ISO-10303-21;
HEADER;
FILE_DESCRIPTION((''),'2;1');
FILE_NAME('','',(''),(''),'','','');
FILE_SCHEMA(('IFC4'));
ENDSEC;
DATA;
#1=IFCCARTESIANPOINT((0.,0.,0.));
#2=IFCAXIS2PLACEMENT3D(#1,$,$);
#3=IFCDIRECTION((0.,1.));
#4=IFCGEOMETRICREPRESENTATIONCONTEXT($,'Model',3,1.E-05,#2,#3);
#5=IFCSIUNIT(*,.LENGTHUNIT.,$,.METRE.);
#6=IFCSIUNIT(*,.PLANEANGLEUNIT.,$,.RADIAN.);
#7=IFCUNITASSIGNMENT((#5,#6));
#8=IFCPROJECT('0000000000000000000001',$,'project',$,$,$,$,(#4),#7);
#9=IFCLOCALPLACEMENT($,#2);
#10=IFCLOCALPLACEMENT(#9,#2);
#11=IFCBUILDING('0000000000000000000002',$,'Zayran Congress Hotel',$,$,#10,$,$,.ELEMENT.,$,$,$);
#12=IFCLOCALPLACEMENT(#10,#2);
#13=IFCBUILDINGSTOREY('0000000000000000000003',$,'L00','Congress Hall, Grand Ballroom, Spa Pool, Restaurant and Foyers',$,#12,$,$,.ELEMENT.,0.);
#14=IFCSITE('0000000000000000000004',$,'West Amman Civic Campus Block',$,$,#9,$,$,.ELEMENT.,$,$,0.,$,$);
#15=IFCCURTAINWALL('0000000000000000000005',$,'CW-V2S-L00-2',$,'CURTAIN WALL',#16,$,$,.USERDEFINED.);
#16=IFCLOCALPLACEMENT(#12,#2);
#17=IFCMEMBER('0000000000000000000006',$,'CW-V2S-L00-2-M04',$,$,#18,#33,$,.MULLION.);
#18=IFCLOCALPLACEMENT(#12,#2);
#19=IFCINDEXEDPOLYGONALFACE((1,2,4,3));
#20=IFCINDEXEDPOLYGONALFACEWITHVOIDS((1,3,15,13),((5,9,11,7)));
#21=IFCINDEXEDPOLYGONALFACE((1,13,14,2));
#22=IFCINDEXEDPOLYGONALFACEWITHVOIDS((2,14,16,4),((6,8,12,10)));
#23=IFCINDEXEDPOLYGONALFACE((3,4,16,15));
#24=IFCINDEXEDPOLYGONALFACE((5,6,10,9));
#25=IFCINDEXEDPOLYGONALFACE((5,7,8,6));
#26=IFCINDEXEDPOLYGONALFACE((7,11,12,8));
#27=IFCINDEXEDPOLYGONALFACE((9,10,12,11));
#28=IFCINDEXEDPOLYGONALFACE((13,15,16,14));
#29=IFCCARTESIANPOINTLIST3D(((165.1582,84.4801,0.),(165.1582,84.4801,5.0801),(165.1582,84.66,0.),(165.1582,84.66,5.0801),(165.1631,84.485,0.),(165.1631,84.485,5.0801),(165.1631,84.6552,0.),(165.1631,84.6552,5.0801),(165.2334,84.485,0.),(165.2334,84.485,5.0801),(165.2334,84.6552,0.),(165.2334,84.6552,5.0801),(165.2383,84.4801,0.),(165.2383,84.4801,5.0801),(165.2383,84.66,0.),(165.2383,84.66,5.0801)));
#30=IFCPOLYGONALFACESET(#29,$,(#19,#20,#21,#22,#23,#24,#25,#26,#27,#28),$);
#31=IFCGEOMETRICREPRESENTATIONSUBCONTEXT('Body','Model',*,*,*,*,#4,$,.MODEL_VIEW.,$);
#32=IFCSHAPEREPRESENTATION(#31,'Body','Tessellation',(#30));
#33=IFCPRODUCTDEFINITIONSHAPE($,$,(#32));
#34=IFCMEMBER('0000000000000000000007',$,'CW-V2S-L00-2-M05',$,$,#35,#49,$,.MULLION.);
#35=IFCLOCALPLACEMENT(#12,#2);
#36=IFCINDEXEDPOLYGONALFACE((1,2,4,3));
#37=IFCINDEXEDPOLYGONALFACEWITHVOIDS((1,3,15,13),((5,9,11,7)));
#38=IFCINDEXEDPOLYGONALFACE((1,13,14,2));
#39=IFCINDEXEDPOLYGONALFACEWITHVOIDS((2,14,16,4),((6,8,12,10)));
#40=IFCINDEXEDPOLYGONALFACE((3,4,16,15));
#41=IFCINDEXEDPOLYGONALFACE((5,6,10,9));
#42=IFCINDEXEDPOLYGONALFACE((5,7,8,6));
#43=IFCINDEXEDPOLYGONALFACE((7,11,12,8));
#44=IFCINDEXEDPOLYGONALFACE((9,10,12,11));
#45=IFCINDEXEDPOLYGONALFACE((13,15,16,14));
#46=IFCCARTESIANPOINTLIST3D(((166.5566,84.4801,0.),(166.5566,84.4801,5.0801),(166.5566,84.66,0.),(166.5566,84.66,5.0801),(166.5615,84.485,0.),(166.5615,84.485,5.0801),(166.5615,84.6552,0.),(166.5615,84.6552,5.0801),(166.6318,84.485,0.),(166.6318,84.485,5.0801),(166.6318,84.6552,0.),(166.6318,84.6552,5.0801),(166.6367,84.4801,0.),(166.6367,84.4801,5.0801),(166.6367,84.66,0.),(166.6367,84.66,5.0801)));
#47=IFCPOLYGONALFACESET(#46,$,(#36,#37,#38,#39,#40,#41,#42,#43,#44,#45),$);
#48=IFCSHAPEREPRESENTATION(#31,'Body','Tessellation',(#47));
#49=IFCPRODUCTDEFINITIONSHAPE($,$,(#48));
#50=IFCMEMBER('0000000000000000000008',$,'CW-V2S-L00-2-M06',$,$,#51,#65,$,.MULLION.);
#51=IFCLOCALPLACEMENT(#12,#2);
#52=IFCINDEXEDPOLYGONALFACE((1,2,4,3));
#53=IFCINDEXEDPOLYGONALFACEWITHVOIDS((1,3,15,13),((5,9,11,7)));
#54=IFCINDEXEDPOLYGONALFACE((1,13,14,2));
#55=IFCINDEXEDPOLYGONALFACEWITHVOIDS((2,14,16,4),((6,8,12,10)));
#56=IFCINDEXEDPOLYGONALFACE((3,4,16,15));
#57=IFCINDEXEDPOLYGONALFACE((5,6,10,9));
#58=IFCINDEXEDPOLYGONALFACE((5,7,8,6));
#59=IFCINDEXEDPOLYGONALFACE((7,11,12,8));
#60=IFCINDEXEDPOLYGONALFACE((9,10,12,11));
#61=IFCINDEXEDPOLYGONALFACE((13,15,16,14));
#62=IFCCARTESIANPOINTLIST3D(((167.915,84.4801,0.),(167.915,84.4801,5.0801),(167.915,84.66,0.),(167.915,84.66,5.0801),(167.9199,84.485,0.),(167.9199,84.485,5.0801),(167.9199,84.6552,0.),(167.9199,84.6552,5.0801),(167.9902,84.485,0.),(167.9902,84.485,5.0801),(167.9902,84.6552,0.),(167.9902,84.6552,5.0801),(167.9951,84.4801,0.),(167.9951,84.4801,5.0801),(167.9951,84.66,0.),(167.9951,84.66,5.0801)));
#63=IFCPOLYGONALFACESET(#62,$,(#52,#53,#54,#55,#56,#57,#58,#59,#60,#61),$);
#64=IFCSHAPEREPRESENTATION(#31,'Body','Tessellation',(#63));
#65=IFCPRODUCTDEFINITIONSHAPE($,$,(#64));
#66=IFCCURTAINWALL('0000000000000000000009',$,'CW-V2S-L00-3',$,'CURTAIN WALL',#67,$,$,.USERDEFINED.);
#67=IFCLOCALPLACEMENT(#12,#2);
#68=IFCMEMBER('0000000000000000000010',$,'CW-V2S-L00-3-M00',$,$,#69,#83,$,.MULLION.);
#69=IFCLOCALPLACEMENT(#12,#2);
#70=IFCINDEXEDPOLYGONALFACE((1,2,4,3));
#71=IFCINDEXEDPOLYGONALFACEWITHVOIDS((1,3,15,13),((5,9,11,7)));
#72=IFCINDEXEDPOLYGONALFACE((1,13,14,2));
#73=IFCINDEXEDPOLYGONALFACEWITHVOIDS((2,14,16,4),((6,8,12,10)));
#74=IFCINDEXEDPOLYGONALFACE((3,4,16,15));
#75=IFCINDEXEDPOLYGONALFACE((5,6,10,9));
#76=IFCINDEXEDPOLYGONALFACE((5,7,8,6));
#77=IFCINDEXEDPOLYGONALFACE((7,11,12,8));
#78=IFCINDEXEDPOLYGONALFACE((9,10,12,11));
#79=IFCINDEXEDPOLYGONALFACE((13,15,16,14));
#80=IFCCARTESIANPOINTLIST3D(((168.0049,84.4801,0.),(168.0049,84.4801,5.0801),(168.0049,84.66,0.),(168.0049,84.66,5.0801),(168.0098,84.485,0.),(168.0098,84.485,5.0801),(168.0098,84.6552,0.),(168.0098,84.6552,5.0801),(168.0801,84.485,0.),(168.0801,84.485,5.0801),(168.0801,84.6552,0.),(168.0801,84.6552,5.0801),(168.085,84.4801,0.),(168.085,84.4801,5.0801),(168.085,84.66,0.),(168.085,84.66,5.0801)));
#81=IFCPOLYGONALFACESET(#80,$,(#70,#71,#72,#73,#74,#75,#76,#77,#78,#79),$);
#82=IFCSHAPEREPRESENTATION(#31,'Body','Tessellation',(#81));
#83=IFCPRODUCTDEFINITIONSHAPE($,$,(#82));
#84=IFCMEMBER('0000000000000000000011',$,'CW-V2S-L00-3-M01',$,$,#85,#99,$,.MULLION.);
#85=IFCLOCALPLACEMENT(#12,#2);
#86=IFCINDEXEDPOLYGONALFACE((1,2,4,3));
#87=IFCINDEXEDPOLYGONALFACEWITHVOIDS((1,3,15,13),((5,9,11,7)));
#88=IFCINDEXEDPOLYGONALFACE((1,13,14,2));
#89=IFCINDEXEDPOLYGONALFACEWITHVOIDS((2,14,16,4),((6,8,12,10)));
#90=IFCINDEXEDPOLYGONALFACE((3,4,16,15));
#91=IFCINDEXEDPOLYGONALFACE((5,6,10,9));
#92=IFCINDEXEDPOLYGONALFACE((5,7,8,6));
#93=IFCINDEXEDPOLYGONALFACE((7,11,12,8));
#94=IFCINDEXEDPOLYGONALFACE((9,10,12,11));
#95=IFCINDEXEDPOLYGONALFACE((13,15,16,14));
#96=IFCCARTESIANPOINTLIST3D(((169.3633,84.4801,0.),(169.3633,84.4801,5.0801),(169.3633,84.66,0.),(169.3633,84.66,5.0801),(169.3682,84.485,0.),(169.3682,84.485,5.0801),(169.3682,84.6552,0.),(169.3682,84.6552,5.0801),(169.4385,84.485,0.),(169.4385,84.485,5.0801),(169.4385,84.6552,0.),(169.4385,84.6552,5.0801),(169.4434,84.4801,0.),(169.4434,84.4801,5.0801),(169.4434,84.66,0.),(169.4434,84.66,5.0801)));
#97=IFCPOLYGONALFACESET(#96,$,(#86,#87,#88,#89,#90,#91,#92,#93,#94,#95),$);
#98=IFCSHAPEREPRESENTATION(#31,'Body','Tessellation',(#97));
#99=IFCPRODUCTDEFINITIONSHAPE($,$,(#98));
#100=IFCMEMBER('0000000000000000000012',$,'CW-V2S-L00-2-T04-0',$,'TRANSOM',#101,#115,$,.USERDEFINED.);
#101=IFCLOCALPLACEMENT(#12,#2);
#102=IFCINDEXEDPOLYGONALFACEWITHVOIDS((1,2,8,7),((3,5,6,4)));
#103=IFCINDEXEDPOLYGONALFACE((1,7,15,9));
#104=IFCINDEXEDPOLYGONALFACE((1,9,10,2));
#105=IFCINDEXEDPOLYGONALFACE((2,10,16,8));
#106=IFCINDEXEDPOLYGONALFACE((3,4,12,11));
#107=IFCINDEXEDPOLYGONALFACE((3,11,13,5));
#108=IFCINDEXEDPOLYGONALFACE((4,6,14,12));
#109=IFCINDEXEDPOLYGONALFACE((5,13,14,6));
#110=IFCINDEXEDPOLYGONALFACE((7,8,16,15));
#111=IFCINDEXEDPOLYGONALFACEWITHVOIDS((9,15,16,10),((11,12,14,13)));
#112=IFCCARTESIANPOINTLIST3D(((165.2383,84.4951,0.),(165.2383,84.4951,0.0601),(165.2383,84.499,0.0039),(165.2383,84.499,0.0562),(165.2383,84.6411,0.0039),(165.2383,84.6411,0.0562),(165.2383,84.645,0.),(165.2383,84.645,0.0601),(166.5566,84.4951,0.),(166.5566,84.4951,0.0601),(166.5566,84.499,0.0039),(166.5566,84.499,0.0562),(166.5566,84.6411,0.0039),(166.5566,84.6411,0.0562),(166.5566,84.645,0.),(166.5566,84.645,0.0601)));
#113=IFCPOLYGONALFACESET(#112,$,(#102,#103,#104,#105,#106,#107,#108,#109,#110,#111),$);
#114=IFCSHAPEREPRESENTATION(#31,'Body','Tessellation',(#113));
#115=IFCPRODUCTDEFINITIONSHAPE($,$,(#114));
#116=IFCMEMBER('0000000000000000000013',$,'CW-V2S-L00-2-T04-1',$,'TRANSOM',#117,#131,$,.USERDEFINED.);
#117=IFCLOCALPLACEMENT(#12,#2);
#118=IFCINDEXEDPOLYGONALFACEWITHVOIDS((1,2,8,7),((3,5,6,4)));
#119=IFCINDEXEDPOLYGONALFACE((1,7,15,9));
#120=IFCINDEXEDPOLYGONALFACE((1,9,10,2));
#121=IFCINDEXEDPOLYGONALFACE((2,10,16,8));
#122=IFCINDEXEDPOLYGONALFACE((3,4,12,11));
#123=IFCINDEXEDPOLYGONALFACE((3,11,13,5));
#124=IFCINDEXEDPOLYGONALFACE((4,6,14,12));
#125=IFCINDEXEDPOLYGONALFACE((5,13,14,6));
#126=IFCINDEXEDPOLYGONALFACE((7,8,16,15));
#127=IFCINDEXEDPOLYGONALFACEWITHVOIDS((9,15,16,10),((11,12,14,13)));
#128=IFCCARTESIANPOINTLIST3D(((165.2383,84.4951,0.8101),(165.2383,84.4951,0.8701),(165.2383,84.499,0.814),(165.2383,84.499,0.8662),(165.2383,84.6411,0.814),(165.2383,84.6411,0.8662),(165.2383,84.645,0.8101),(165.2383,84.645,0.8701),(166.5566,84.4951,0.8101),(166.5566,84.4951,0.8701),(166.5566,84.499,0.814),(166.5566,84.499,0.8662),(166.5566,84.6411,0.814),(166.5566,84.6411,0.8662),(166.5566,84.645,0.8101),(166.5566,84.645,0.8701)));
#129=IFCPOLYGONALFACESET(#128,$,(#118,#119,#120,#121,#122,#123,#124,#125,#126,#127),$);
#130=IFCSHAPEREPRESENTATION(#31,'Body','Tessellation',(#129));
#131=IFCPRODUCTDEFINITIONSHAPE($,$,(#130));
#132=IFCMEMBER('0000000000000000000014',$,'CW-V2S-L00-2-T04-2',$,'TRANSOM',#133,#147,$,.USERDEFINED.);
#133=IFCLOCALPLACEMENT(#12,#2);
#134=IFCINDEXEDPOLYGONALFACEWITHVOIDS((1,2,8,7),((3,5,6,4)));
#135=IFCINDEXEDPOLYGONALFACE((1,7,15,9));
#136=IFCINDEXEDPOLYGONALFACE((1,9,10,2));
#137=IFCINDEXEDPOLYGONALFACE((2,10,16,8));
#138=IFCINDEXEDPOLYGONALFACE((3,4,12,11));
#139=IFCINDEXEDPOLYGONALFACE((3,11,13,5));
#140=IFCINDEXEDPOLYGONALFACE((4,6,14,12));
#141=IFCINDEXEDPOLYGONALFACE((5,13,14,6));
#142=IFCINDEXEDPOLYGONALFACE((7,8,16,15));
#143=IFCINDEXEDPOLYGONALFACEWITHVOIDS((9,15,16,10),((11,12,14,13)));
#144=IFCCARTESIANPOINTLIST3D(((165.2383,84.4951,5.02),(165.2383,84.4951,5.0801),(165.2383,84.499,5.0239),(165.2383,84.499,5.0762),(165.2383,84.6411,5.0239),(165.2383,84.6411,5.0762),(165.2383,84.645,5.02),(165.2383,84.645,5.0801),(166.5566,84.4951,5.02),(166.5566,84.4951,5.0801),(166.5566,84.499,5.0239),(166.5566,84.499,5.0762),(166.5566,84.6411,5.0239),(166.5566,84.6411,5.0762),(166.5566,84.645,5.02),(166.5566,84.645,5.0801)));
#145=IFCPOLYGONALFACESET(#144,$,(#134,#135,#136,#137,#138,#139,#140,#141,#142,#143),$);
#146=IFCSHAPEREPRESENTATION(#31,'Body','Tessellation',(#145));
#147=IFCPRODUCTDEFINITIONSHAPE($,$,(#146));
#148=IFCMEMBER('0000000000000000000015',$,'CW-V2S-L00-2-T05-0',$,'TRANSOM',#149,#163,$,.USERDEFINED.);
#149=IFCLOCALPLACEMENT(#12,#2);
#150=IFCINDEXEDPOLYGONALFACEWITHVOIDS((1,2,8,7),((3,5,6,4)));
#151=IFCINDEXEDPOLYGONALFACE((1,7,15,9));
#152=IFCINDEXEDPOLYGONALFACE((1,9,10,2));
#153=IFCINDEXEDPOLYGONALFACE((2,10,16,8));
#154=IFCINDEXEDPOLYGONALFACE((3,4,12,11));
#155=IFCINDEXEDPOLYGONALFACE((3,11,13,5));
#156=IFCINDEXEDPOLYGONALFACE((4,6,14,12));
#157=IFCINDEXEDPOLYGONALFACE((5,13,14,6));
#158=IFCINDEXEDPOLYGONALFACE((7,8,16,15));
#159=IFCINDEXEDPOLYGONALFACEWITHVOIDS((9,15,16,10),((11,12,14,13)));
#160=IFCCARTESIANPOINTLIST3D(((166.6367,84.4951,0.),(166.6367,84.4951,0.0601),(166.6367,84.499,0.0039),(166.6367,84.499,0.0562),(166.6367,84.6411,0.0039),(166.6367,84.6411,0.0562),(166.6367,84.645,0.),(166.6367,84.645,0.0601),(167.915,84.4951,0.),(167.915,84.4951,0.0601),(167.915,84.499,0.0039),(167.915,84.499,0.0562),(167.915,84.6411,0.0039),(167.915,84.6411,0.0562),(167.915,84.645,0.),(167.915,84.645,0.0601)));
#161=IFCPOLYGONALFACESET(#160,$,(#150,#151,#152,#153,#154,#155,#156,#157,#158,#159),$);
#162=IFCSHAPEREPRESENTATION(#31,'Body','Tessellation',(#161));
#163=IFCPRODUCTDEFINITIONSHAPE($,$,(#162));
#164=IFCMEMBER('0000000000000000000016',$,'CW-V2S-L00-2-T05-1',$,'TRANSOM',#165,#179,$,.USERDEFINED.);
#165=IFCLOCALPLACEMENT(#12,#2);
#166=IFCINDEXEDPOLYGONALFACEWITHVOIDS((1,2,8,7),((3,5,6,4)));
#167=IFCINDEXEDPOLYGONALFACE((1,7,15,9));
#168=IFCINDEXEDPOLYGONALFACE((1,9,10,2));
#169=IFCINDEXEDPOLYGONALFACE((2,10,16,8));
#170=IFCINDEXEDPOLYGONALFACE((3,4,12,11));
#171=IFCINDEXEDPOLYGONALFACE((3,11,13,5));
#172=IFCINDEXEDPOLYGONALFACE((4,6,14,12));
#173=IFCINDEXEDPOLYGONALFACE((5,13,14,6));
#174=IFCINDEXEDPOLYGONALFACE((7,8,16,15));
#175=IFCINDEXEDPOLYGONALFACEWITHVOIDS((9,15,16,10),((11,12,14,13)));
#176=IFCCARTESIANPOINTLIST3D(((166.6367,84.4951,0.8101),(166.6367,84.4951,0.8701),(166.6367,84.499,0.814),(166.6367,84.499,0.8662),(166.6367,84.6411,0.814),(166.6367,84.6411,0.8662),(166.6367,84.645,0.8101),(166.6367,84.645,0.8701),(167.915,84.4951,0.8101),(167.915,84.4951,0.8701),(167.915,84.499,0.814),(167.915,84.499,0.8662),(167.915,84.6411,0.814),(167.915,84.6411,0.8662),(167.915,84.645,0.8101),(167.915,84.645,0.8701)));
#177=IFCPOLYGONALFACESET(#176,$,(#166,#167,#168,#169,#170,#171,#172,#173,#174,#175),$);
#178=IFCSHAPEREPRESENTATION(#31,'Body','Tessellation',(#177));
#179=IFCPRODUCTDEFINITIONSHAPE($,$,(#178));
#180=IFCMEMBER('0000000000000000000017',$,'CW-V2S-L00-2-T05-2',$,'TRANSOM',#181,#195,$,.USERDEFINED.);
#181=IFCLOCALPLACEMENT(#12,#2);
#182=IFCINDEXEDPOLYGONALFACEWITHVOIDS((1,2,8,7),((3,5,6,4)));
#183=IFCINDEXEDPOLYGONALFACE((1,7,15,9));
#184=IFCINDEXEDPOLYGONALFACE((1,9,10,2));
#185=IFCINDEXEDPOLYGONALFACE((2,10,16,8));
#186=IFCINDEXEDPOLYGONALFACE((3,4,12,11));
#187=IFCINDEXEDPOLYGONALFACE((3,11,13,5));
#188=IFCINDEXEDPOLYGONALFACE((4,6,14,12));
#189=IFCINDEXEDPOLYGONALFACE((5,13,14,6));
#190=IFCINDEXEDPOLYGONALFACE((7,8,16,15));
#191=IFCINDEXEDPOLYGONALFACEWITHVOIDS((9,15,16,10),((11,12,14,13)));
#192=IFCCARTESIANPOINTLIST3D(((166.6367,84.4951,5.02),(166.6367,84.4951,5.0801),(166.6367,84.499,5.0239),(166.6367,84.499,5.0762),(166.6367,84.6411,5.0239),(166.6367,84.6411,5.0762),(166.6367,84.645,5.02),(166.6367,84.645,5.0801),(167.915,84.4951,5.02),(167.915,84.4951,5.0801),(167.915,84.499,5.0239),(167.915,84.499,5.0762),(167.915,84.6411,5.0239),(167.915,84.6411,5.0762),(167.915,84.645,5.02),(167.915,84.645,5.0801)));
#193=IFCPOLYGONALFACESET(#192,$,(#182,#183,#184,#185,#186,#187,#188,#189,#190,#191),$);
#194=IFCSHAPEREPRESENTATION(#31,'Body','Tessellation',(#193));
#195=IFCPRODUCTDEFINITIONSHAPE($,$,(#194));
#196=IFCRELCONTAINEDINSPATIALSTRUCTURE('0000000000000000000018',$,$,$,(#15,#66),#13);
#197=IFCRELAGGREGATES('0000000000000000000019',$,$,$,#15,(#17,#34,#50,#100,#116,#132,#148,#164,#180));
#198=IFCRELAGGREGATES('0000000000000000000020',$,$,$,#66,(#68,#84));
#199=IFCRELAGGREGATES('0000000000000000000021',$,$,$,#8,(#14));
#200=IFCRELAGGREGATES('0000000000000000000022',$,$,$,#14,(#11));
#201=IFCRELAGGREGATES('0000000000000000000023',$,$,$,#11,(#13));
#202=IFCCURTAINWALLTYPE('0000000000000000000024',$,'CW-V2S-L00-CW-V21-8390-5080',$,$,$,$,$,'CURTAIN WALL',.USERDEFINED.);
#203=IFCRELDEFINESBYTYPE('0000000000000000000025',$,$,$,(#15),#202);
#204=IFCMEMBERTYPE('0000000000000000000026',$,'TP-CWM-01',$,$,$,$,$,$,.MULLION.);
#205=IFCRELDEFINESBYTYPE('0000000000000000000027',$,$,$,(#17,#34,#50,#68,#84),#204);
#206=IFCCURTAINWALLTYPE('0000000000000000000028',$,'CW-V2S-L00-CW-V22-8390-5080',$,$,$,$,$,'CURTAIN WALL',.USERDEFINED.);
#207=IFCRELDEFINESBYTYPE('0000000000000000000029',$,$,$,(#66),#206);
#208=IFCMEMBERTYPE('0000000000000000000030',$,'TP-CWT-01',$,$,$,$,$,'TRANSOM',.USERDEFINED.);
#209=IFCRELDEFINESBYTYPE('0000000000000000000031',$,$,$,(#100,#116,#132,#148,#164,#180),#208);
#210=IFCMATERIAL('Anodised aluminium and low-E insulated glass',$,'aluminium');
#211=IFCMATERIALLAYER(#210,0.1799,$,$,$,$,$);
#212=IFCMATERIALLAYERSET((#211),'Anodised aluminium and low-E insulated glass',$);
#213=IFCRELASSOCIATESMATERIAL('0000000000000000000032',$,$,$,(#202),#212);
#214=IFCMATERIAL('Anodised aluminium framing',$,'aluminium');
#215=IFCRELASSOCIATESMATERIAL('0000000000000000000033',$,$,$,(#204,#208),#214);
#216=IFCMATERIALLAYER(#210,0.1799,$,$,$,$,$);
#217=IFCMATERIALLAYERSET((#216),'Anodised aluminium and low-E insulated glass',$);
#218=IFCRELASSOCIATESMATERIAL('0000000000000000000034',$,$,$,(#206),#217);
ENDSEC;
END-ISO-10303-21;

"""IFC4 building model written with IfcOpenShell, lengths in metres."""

from ifc_helpers import new_model, si_unit, direction, frame, origin, origin_2d, place, context, subcontext, project, spatial, hollow_rectangle, extrude, material, layer, layer_set, material_profile, profile_set, type_object, element, aggregate, save


model = new_model("IFC4")

# Units and contexts
model_context = context("Model", 3, precision=1e-05, world=origin(), true_north=direction((0.0, 1.0)))
body_context = subcontext(model_context, "Body", "Model", "MODEL_VIEW")
ifc_project = project(units=[si_unit("LENGTHUNIT", "METRE"), si_unit("PLANEANGLEUNIT", "RADIAN")], contexts=[model_context])

# Site, building, storey
site_placement = place(None, origin())
site = spatial("IfcSite", under=ifc_project, at=site_placement, Name="West Amman Civic Campus Block", CompositionType="ELEMENT", RefElevation=0.0)
building_placement = place(site_placement, origin())
building = spatial("IfcBuilding", under=site, at=building_placement, Name="Zayran Congress Hotel", CompositionType="ELEMENT")
storey_placement = place(building_placement, origin())
storey = spatial("IfcBuildingStorey", under=building, at=storey_placement, Name="L00", Description="Congress Hall, Grand Ballroom, Spa Pool, Restaurant and Foyers", CompositionType="ELEMENT", Elevation=0.0)

# Curtain walls, members
ifc_material_1 = material(Name="Anodised aluminium and low-E insulated glass", Category="aluminium")
ifc_layer_1 = layer(ifc_material_1, 0.1799)
ifc_layer_set_1 = layer_set([ifc_layer_1], Name="Anodised aluminium and low-E insulated glass")
curtain_wall_type_1 = type_object("IfcCurtainWallType", Name="CW-V2S-L00-CW-V21-8390-5080", ElementType="CURTAIN WALL", PredefinedType="USERDEFINED", material=ifc_layer_set_1)
curtain_wall_1_placement = place(storey_placement, origin())
curtain_wall_1 = element("IfcCurtainWall", 1, at=curtain_wall_1_placement, inside=storey, type_object=curtain_wall_type_1, Name="CW-V2S-L00-2", ObjectType="CURTAIN WALL", PredefinedType="USERDEFINED")
ifc_material_2 = material(Name="Anodised aluminium framing", Category="aluminium")
ifc_material_profile_1 = material_profile(ifc_material_2, hollow_rectangle(XDim=0.0801, YDim=0.1799, WallThickness=0.0049, at=origin_2d()), Name="RHS 180x80x5")
ifc_profile_set_1 = profile_set([ifc_material_profile_1], Name="Anodised aluminium framing")
member_type_1 = type_object("IfcMemberType", Name="TP-CWM-01", PredefinedType="MULLION", material=ifc_profile_set_1)
member_1_placement = place(storey_placement, frame((165.1982, 84.5701, 0.0), z_axis=(0.0, 0.0, 1.0), x_axis=(1.0, 0.0, 0.0)))
member_1 = element("IfcMember", 2, at=member_1_placement, type_object=member_type_1, Name="CW-V2S-L00-2-M04", PredefinedType="MULLION", context=body_context, shape_type="SweptSolid", body=[
    extrude(hollow_rectangle(XDim=0.0801, YDim=0.1799, WallThickness=0.0049, at=origin_2d()), origin(), (0.0, 0.0, 1.0), 5.0801),
])
member_2_placement = place(storey_placement, frame((166.5967, 84.5701, 0.0), z_axis=(0.0, 0.0, 1.0), x_axis=(1.0, 0.0, 0.0)))
member_2 = element("IfcMember", 3, at=member_2_placement, type_object=member_type_1, Name="CW-V2S-L00-2-M05", PredefinedType="MULLION", context=body_context, shape_type="SweptSolid", body=[
    extrude(hollow_rectangle(XDim=0.0801, YDim=0.1799, WallThickness=0.0049, at=origin_2d()), origin(), (0.0, 0.0, 1.0), 5.0801),
])
member_3_placement = place(storey_placement, frame((167.9551, 84.5701, 0.0), z_axis=(0.0, 0.0, 1.0), x_axis=(1.0, 0.0, 0.0)))
member_3 = element("IfcMember", 4, at=member_3_placement, type_object=member_type_1, Name="CW-V2S-L00-2-M06", PredefinedType="MULLION", context=body_context, shape_type="SweptSolid", body=[
    extrude(hollow_rectangle(XDim=0.0801, YDim=0.1799, WallThickness=0.0049, at=origin_2d()), origin(), (0.0, 0.0, 1.0), 5.0801),
])
ifc_layer_2 = layer(ifc_material_1, 0.1799)
ifc_layer_set_2 = layer_set([ifc_layer_2], Name="Anodised aluminium and low-E insulated glass")
curtain_wall_type_2 = type_object("IfcCurtainWallType", Name="CW-V2S-L00-CW-V22-8390-5080", ElementType="CURTAIN WALL", PredefinedType="USERDEFINED", material=ifc_layer_set_2)
curtain_wall_2_placement = place(storey_placement, origin())
curtain_wall_2 = element("IfcCurtainWall", 5, at=curtain_wall_2_placement, inside=storey, type_object=curtain_wall_type_2, Name="CW-V2S-L00-3", ObjectType="CURTAIN WALL", PredefinedType="USERDEFINED")
member_4_placement = place(storey_placement, frame((168.0449, 84.5701, 0.0), z_axis=(0.0, 0.0, 1.0), x_axis=(1.0, 0.0, 0.0)))
member_4 = element("IfcMember", 6, at=member_4_placement, type_object=member_type_1, Name="CW-V2S-L00-3-M00", PredefinedType="MULLION", context=body_context, shape_type="SweptSolid", body=[
    extrude(hollow_rectangle(XDim=0.0801, YDim=0.1799, WallThickness=0.0049, at=origin_2d()), origin(), (0.0, 0.0, 1.0), 5.0801),
])
member_5_placement = place(storey_placement, frame((169.4033, 84.5701, 0.0), z_axis=(0.0, 0.0, 1.0), x_axis=(1.0, 0.0, 0.0)))
member_5 = element("IfcMember", 7, at=member_5_placement, type_object=member_type_1, Name="CW-V2S-L00-3-M01", PredefinedType="MULLION", context=body_context, shape_type="SweptSolid", body=[
    extrude(hollow_rectangle(XDim=0.0801, YDim=0.1799, WallThickness=0.0049, at=origin_2d()), origin(), (0.0, 0.0, 1.0), 5.0801),
])

# Members
ifc_material_profile_2 = material_profile(ifc_material_2, hollow_rectangle(XDim=0.0601, YDim=0.1499, WallThickness=0.0039, at=origin_2d()), Name="RHS 150x60x4")
ifc_profile_set_2 = profile_set([ifc_material_profile_2], Name="Anodised aluminium framing")
member_type_2 = type_object("IfcMemberType", Name="TP-CWT-01", ElementType="TRANSOM", PredefinedType="USERDEFINED", material=ifc_profile_set_2)
member_6_placement = place(storey_placement, frame((165.2383, 84.5701, 0.03), z_axis=(1.0, 0.0, 0.0), x_axis=(0.0, 0.0, 1.0)))
member_6 = element("IfcMember", 8, at=member_6_placement, type_object=member_type_2, Name="CW-V2S-L00-2-T04-0", ObjectType="TRANSOM", PredefinedType="USERDEFINED", context=body_context, shape_type="SweptSolid", body=[
    extrude(hollow_rectangle(XDim=0.0601, YDim=0.1499, WallThickness=0.0039, at=origin_2d()), origin(), (0.0, 0.0, 1.0), 1.3184),
])
member_7_placement = place(storey_placement, frame((165.2383, 84.5701, 0.8401), z_axis=(1.0, 0.0, 0.0), x_axis=(0.0, 0.0, 1.0)))
member_7 = element("IfcMember", 9, at=member_7_placement, type_object=member_type_2, Name="CW-V2S-L00-2-T04-1", ObjectType="TRANSOM", PredefinedType="USERDEFINED", context=body_context, shape_type="SweptSolid", body=[
    extrude(hollow_rectangle(XDim=0.0601, YDim=0.1499, WallThickness=0.0039, at=origin_2d()), origin(), (0.0, 0.0, 1.0), 1.3184),
])
member_8_placement = place(storey_placement, frame((165.2383, 84.5701, 5.05), z_axis=(1.0, 0.0, 0.0), x_axis=(0.0, 0.0, 1.0)))
member_8 = element("IfcMember", 10, at=member_8_placement, type_object=member_type_2, Name="CW-V2S-L00-2-T04-2", ObjectType="TRANSOM", PredefinedType="USERDEFINED", context=body_context, shape_type="SweptSolid", body=[
    extrude(hollow_rectangle(XDim=0.0601, YDim=0.1499, WallThickness=0.0039, at=origin_2d()), origin(), (0.0, 0.0, 1.0), 1.3184),
])
member_9_placement = place(storey_placement, frame((166.6367, 84.5701, 0.03), z_axis=(1.0, 0.0, 0.0), x_axis=(0.0, 0.0, 1.0)))
member_9 = element("IfcMember", 11, at=member_9_placement, type_object=member_type_2, Name="CW-V2S-L00-2-T05-0", ObjectType="TRANSOM", PredefinedType="USERDEFINED", context=body_context, shape_type="SweptSolid", body=[
    extrude(hollow_rectangle(XDim=0.0601, YDim=0.1499, WallThickness=0.0039, at=origin_2d()), origin(), (0.0, 0.0, 1.0), 1.2783),
])
member_10_placement = place(storey_placement, frame((166.6367, 84.5701, 0.8401), z_axis=(1.0, 0.0, 0.0), x_axis=(0.0, 0.0, 1.0)))
member_10 = element("IfcMember", 12, at=member_10_placement, type_object=member_type_2, Name="CW-V2S-L00-2-T05-1", ObjectType="TRANSOM", PredefinedType="USERDEFINED", context=body_context, shape_type="SweptSolid", body=[
    extrude(hollow_rectangle(XDim=0.0601, YDim=0.1499, WallThickness=0.0039, at=origin_2d()), origin(), (0.0, 0.0, 1.0), 1.2783),
])
member_11_placement = place(storey_placement, frame((166.6367, 84.5701, 5.05), z_axis=(1.0, 0.0, 0.0), x_axis=(0.0, 0.0, 1.0)))
member_11 = element("IfcMember", 13, at=member_11_placement, type_object=member_type_2, Name="CW-V2S-L00-2-T05-2", ObjectType="TRANSOM", PredefinedType="USERDEFINED", context=body_context, shape_type="SweptSolid", body=[
    extrude(hollow_rectangle(XDim=0.0601, YDim=0.1499, WallThickness=0.0039, at=origin_2d()), origin(), (0.0, 0.0, 1.0), 1.2783),
])

aggregate(curtain_wall_1, [member_1, member_2, member_3, member_6, member_7, member_8, member_9, member_10, member_11])
aggregate(curtain_wall_2, [member_4, member_5])

save(model, "model.ifc")
